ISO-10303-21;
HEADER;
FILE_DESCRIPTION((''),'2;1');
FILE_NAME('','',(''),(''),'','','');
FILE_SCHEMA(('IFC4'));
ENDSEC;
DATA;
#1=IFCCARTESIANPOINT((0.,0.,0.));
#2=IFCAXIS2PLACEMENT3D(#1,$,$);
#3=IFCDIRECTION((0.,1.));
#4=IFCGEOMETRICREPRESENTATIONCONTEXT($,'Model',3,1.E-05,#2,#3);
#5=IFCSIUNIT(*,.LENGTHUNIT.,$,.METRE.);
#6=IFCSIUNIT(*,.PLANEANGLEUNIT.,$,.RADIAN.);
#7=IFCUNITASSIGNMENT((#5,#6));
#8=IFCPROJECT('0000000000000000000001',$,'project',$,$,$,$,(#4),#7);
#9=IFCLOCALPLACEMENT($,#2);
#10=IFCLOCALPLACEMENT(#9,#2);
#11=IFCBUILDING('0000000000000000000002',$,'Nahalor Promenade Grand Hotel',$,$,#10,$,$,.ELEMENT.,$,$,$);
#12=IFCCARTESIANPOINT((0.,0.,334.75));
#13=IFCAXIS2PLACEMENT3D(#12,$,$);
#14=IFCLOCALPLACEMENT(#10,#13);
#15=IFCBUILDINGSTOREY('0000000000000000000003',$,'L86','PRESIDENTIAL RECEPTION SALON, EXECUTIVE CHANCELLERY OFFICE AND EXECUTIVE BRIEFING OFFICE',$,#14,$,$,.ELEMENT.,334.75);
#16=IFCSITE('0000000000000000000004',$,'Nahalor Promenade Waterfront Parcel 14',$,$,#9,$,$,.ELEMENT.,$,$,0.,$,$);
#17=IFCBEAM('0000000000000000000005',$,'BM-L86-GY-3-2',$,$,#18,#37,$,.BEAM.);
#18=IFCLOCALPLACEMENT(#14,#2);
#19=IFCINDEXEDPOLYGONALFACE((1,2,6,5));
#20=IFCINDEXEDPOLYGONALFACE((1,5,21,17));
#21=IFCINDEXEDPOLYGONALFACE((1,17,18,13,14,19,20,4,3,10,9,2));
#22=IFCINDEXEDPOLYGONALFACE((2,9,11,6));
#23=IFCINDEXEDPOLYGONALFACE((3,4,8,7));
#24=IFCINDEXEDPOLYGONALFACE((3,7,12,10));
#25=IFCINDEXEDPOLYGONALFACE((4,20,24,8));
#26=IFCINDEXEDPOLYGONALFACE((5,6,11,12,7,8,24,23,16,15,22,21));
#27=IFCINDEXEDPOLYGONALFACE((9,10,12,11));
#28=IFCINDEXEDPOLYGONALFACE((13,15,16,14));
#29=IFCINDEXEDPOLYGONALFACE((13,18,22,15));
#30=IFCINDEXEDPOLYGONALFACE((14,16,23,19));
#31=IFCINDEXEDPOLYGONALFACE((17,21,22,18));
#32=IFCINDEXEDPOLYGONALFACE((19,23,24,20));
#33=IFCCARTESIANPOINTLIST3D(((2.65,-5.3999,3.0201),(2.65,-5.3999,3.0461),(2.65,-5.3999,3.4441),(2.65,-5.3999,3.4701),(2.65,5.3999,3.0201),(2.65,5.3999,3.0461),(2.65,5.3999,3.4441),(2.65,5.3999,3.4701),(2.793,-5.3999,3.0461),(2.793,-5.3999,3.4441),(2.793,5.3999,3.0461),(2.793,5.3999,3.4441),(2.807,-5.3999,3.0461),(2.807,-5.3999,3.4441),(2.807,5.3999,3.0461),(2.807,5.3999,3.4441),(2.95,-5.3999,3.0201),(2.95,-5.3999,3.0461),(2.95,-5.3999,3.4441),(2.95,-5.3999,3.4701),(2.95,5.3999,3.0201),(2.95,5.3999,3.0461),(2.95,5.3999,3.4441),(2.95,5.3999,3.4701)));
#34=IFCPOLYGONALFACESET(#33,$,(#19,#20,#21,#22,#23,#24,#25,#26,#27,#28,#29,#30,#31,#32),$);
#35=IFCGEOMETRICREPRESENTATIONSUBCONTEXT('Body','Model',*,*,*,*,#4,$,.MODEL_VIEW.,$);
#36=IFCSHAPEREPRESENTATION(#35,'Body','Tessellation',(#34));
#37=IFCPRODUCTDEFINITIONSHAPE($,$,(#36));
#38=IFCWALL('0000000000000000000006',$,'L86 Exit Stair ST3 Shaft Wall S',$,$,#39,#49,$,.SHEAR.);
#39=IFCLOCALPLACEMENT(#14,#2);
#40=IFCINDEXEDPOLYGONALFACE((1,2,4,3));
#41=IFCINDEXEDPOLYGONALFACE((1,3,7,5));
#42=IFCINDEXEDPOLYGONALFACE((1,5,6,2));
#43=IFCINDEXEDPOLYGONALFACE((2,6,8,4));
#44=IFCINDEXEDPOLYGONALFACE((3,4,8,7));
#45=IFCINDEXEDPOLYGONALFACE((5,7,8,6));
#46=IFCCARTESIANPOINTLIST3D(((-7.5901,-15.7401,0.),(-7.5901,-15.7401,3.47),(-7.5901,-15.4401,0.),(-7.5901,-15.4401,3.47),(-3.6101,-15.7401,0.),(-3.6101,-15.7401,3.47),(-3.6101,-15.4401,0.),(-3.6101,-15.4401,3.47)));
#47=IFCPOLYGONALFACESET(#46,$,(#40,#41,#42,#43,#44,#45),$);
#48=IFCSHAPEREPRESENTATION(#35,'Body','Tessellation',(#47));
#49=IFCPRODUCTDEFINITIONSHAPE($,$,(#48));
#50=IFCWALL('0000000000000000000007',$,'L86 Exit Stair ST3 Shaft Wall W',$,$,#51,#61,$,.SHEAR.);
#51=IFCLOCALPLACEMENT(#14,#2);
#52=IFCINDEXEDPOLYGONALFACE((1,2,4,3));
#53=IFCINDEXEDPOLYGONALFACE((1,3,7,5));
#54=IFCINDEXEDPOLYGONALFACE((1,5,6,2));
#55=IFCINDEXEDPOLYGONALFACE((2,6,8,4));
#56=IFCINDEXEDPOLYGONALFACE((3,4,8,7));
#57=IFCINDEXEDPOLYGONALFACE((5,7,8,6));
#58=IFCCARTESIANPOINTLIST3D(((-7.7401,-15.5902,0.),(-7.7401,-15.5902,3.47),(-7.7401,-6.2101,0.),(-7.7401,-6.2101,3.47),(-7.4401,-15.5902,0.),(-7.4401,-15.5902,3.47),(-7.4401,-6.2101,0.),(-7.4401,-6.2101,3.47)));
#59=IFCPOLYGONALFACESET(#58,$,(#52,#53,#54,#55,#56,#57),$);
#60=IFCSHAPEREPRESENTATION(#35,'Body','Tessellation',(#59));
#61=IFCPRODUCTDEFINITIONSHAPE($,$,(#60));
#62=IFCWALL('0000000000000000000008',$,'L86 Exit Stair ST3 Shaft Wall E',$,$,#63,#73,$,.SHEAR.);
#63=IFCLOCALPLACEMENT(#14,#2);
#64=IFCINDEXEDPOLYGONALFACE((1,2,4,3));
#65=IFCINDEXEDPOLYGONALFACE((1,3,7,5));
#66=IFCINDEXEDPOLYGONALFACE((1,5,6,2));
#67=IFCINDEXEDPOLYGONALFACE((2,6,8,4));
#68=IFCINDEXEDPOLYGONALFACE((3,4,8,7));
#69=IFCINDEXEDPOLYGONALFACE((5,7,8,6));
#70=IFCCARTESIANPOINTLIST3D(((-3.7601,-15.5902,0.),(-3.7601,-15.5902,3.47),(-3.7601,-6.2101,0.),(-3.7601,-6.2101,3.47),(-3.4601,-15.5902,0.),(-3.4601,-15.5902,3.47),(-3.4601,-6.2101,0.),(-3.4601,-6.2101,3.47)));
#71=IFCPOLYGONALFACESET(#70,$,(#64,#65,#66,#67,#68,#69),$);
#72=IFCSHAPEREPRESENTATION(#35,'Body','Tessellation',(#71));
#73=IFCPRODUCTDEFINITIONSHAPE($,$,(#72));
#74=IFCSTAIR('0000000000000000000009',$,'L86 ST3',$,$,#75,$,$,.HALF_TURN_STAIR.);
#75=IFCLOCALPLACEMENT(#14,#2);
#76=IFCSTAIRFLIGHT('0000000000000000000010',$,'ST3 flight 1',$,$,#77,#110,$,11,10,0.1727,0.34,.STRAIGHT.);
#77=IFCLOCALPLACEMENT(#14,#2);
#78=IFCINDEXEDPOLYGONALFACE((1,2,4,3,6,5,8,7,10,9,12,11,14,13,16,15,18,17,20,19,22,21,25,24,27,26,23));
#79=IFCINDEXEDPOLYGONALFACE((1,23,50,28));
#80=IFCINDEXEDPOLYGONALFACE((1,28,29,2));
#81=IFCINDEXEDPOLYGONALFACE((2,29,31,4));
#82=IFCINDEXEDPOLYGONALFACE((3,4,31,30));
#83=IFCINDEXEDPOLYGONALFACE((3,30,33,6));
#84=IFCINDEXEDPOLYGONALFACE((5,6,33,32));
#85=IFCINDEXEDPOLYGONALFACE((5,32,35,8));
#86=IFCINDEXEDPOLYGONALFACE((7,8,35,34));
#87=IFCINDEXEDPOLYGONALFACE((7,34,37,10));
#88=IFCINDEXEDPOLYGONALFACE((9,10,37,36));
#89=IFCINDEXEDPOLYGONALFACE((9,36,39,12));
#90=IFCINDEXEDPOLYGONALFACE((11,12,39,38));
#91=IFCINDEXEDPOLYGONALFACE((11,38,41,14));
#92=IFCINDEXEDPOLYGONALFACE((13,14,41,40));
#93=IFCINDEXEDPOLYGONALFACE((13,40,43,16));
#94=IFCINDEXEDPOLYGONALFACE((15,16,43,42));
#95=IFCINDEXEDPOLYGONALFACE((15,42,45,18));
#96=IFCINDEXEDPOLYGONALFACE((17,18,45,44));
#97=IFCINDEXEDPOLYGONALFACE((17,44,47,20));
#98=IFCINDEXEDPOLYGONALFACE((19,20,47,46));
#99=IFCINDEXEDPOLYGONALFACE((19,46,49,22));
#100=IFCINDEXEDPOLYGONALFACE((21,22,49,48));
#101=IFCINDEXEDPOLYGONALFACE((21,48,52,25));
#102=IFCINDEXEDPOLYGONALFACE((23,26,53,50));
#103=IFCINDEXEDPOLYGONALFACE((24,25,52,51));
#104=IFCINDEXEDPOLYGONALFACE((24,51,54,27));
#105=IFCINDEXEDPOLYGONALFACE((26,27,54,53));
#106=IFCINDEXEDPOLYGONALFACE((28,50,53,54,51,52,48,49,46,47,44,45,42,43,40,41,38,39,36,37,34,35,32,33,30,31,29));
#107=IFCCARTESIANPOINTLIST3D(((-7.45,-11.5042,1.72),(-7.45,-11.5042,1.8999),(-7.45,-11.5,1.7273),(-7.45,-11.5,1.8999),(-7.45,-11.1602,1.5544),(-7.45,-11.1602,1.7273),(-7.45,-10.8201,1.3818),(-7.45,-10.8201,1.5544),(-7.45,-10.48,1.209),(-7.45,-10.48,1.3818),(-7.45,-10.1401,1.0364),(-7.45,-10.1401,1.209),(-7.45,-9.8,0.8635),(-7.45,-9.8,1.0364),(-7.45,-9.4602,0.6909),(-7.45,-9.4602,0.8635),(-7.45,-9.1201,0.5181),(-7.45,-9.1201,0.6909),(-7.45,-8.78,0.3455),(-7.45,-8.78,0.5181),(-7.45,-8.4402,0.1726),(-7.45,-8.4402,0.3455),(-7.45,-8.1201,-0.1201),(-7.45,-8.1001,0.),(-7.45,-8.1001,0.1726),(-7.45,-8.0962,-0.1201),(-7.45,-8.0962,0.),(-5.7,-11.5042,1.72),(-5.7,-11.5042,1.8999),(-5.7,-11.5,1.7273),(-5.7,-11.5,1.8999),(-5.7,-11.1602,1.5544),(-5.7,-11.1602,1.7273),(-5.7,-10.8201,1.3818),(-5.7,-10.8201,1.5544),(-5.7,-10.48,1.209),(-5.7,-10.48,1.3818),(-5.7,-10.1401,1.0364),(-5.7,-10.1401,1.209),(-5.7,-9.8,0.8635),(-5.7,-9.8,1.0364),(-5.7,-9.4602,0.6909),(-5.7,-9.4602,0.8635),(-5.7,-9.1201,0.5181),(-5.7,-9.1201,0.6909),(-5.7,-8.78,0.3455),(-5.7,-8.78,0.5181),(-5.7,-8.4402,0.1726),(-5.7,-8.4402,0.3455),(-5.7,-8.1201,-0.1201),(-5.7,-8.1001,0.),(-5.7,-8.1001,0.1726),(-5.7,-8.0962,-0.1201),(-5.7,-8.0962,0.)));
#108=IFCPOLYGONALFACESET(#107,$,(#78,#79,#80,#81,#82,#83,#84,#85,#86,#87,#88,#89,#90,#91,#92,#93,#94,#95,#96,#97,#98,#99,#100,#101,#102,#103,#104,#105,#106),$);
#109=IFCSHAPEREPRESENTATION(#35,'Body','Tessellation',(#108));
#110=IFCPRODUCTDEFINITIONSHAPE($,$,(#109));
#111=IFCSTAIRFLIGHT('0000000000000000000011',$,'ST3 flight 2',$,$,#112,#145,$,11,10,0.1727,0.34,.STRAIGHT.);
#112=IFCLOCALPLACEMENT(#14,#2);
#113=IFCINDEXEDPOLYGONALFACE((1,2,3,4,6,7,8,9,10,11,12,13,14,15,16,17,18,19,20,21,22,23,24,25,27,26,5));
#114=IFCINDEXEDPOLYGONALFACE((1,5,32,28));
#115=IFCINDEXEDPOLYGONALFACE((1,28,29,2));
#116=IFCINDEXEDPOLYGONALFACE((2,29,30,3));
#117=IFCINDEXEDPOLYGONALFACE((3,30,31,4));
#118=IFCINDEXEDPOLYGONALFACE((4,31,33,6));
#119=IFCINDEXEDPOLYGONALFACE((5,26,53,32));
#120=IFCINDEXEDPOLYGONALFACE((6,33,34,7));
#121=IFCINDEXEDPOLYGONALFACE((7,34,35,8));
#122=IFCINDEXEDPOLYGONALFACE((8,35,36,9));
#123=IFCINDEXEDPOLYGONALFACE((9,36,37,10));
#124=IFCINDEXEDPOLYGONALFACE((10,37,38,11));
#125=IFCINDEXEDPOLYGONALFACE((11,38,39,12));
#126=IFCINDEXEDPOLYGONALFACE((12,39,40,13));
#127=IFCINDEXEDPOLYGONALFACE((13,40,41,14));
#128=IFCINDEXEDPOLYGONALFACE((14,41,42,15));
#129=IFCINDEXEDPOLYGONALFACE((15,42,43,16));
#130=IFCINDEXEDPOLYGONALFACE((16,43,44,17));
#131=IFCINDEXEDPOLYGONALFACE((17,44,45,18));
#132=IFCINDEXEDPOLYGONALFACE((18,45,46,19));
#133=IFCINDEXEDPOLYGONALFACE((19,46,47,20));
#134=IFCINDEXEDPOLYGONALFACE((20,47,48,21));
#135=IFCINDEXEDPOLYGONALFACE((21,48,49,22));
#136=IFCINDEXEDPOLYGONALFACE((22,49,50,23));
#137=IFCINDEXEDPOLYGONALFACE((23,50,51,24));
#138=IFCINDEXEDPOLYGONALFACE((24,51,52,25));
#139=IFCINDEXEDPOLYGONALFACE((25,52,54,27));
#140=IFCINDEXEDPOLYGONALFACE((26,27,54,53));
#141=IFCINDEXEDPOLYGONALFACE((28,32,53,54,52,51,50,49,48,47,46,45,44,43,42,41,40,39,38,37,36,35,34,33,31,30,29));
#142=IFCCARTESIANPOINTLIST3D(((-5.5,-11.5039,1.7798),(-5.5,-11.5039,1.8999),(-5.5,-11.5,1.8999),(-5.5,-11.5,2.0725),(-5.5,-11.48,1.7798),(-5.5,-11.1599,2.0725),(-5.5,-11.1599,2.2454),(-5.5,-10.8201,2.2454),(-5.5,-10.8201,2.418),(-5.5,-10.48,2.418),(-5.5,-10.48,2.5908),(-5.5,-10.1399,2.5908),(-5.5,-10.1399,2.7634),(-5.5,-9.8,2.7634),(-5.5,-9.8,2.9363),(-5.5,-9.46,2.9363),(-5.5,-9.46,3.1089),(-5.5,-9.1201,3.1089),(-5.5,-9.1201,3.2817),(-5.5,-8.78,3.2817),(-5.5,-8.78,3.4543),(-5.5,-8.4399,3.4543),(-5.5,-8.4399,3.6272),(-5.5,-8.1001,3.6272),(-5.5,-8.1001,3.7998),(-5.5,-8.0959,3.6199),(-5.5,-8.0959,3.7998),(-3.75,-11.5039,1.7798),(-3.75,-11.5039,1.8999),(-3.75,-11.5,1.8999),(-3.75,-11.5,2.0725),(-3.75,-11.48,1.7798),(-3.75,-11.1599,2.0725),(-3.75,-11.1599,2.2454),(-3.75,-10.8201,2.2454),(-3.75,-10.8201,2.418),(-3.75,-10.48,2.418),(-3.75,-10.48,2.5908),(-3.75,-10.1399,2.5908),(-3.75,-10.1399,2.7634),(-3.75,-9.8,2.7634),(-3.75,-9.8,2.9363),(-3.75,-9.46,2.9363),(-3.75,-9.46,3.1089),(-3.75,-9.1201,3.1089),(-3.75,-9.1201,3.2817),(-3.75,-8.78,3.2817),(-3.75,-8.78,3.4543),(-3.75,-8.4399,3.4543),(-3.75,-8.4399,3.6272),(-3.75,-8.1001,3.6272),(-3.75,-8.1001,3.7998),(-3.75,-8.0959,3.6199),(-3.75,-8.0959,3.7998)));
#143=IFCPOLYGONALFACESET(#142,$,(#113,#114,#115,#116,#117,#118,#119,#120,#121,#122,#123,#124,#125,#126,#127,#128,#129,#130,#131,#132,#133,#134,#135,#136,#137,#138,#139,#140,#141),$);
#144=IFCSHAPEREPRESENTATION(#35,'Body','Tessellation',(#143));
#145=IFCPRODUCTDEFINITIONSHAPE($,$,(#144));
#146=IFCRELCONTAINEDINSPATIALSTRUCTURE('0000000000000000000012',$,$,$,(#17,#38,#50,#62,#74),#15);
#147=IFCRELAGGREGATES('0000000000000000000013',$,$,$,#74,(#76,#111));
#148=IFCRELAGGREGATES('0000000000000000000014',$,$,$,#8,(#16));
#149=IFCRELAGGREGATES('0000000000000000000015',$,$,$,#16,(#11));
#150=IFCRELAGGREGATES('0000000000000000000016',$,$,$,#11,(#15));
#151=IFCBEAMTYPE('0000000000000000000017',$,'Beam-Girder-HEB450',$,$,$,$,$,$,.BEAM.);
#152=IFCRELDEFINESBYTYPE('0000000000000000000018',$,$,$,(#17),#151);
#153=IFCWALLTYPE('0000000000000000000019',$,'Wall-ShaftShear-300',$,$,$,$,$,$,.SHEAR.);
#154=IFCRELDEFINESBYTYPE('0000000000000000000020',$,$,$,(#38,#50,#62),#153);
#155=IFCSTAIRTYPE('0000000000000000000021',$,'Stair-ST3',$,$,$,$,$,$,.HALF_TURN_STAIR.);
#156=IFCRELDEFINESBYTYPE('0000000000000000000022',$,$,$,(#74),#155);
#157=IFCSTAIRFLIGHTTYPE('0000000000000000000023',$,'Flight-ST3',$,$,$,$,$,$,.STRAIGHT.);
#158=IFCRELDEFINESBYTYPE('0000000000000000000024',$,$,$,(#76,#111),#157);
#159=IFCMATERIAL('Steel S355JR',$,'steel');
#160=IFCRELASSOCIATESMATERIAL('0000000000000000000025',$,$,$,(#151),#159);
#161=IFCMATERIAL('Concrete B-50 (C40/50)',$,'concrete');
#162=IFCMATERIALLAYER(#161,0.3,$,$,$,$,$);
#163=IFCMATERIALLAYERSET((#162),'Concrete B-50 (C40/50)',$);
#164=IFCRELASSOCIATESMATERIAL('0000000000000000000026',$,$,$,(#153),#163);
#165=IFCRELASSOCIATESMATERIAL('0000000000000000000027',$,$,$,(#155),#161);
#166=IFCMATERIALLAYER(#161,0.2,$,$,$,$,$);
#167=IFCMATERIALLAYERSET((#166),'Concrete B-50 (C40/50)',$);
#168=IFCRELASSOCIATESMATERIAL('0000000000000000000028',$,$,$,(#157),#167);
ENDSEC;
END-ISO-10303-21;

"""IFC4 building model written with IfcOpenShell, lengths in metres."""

from ifc_helpers import new_model, si_unit, direction, frame, frame_2d, origin, origin_2d, place, context, subcontext, project, spatial, polyline, rectangle, i_section, outline, extrude, source, transform, mapped, material, layer, layer_set, material_profile, profile_set, type_object, element, aggregate, save


model = new_model("IFC4")

# Units and contexts
model_context = context("Model", 3, precision=1e-05, world=origin(), true_north=direction((0.0, 1.0)))
body_context = subcontext(model_context, "Body", "Model", "MODEL_VIEW")
ifc_project = project(units=[si_unit("LENGTHUNIT", "METRE"), si_unit("PLANEANGLEUNIT", "RADIAN")], contexts=[model_context])

# Site, building, storey
site_placement = place(None, origin())
site = spatial("IfcSite", under=ifc_project, at=site_placement, Name="Nahalor Promenade Waterfront Parcel 14", CompositionType="ELEMENT", RefElevation=0.0)
building_placement = place(site_placement, origin())
building = spatial("IfcBuilding", under=site, at=building_placement, Name="Nahalor Promenade Grand Hotel", CompositionType="ELEMENT")
storey_placement = place(building_placement, frame((0.0, 0.0, 334.75)))
storey = spatial("IfcBuildingStorey", under=building, at=storey_placement, Name="L86", Description="PRESIDENTIAL RECEPTION SALON, EXECUTIVE CHANCELLERY OFFICE AND EXECUTIVE BRIEFING OFFICE", CompositionType="ELEMENT", Elevation=334.75)

# Shared definitions
ifc_material_1 = material(Name="Concrete B-50 (C40/50)", Category="concrete")

# Beam
ifc_material_2 = material(Name="Steel S355JR", Category="steel")
ifc_material_profile_1 = material_profile(ifc_material_2, i_section(OverallWidth=0.3, OverallDepth=0.45, WebThickness=0.014, FlangeThickness=0.026, at=origin_2d()), Name="HEB 450")
ifc_profile_set_1 = profile_set([ifc_material_profile_1], Name="Steel S355JR")
beam_type = type_object("IfcBeamType", Name="Beam-Girder-HEB450", PredefinedType="BEAM", material=ifc_profile_set_1)
shared_shape_1 = source(origin(), body_context, "Body", "SweptSolid", [
    extrude(i_section(OverallWidth=0.3, OverallDepth=0.45, WebThickness=0.014, FlangeThickness=0.026, at=origin_2d()), origin(), (0.0, 0.0, 1.0), 10.7998),
])
for number, where, z_axis, x_axis, name in (
    (1, (2.8, -5.3999, 3.2451), (0.0, 1.0, 0.0), (-1.0, 0.0, 0.0), "BM-L86-GY-3-2"),
):
    element("IfcBeam", number, at=place(storey_placement, frame(where, z_axis=z_axis, x_axis=x_axis)), inside=storey, type_object=beam_type, Name=name, PredefinedType="BEAM", context=body_context, shape_type="MappedRepresentation", body=[
        mapped(shared_shape_1, transform((0.0, 0.0, 0.0), scale=1.0)),
    ])

# Wall
ifc_layer_1 = layer(ifc_material_1, 0.3)
ifc_layer_set_1 = layer_set([ifc_layer_1], Name="Concrete B-50 (C40/50)")
wall_type_1 = type_object("IfcWallType", Name="Wall-ShaftShear-300", PredefinedType="SHEAR", material=ifc_layer_set_1)
shared_shape_2 = source(origin(), body_context, "Body", "SweptSolid", [
    extrude(rectangle(XDim=3.98, YDim=0.3, at=frame_2d((1.99, 0.0))), origin(), (0.0, 0.0, 1.0), 3.47),
])
wall_1_placement = place(storey_placement, frame((-7.5901, -15.5901, 0.0), z_axis=(0.0, 0.0, 1.0), x_axis=(1.0, 0.0, 0.0)))
element("IfcWall", 2, at=wall_1_placement, inside=storey, type_object=wall_type_1, Name="L86 Exit Stair ST3 Shaft Wall S", PredefinedType="SHEAR", context=body_context, shape_type="MappedRepresentation", body=[
    mapped(shared_shape_2, transform((0.0, 0.0, 0.0), scale=1.0)),
])

# Walls
shared_shape_3 = source(origin(), body_context, "Body", "SweptSolid", [
    extrude(rectangle(XDim=9.3801, YDim=0.3, at=frame_2d((4.6899, 0.0))), origin(), (0.0, 0.0, 1.0), 3.47),
])
for number, where, z_axis, x_axis, name in (
    (3, (-7.5901, -15.5901, 0.0), (0.0, 0.0, 1.0), (0.0, 1.0, 0.0), "L86 Exit Stair ST3 Shaft Wall W"),
    (4, (-3.6101, -15.5901, 0.0), (0.0, 0.0, 1.0), (0.0, 1.0, 0.0), "L86 Exit Stair ST3 Shaft Wall E"),
):
    element("IfcWall", number, at=place(storey_placement, frame(where, z_axis=z_axis, x_axis=x_axis)), inside=storey, type_object=wall_type_1, Name=name, PredefinedType="SHEAR", context=body_context, shape_type="MappedRepresentation", body=[
        mapped(shared_shape_3, transform((0.0, 0.0, 0.0), scale=1.0)),
    ])

# Stair, stair flights
stair_type = type_object("IfcStairType", Name="Stair-ST3", PredefinedType="HALF_TURN_STAIR", material=ifc_material_1)
stair_placement = place(storey_placement, origin())
stair = element("IfcStair", 5, at=stair_placement, inside=storey, type_object=stair_type, Name="L86 ST3", PredefinedType="HALF_TURN_STAIR")
ifc_layer_2 = layer(ifc_material_1, 0.2)
ifc_layer_set_2 = layer_set([ifc_layer_2], Name="Concrete B-50 (C40/50)")
stair_flight_type = type_object("IfcStairFlightType", Name="Flight-ST3", PredefinedType="STRAIGHT", material=ifc_layer_set_2)
shared_shape_4 = source(origin(), body_context, "Body", "SweptSolid", [
    extrude(outline(polyline([(-0.0039, -0.1201), (-0.0039, 0.0), (0.0, 0.0), (0.0, 0.1726), (0.3401, 0.1726), (0.3401, 0.3455), (0.6799, 0.3455), (0.6799, 0.5181), (1.02, 0.5181), (1.02, 0.6909), (1.3601, 0.6909), (1.3601, 0.8635), (1.7, 0.8635), (1.7, 1.0364), (2.04, 1.0364), (2.04, 1.209), (2.3799, 1.209), (2.3799, 1.3818), (2.72, 1.3818), (2.72, 1.5544), (3.0601, 1.5544), (3.0601, 1.7273), (3.3999, 1.7273), (3.3999, 1.8999), (3.4041, 1.8999), (3.4041, 1.72), (0.02, -0.1201), (-0.0039, -0.1201)])), frame((0.0, 0.875, 0.0), z_axis=(0.0, -1.0, 0.0), x_axis=(1.0, 0.0, 0.0)), (0.0, 0.0, 1.0), 1.75),
])
stair_flight_1_placement = place(storey_placement, frame((-6.575, -8.1001, 0.0), z_axis=(0.0, 0.0, 1.0), x_axis=(0.0, -1.0, 0.0)))
stair_flight_1 = element("IfcStairFlight", 6, at=stair_flight_1_placement, type_object=stair_flight_type, Name="ST3 flight 1", NumberOfRisers=11, NumberOfTreads=10, PredefinedType="STRAIGHT", RiserHeight=0.1727, TreadLength=0.34, context=body_context, shape_type="MappedRepresentation", body=[
    mapped(shared_shape_4, transform((0.0, 0.0, 0.0), scale=1.0)),
])
stair_flight_2_placement = place(storey_placement, frame((-4.625, -11.5, 1.8999), z_axis=(0.0, 0.0, 1.0), x_axis=(0.0, 1.0, 0.0)))
stair_flight_2 = element("IfcStairFlight", 7, at=stair_flight_2_placement, type_object=stair_flight_type, Name="ST3 flight 2", NumberOfRisers=11, NumberOfTreads=10, PredefinedType="STRAIGHT", RiserHeight=0.1727, TreadLength=0.34, context=body_context, shape_type="MappedRepresentation", body=[
    mapped(shared_shape_4, transform((0.0, 0.0, 0.0), scale=1.0)),
])
aggregate(stair, [stair_flight_1, stair_flight_2])

save(model, "model.ifc")
